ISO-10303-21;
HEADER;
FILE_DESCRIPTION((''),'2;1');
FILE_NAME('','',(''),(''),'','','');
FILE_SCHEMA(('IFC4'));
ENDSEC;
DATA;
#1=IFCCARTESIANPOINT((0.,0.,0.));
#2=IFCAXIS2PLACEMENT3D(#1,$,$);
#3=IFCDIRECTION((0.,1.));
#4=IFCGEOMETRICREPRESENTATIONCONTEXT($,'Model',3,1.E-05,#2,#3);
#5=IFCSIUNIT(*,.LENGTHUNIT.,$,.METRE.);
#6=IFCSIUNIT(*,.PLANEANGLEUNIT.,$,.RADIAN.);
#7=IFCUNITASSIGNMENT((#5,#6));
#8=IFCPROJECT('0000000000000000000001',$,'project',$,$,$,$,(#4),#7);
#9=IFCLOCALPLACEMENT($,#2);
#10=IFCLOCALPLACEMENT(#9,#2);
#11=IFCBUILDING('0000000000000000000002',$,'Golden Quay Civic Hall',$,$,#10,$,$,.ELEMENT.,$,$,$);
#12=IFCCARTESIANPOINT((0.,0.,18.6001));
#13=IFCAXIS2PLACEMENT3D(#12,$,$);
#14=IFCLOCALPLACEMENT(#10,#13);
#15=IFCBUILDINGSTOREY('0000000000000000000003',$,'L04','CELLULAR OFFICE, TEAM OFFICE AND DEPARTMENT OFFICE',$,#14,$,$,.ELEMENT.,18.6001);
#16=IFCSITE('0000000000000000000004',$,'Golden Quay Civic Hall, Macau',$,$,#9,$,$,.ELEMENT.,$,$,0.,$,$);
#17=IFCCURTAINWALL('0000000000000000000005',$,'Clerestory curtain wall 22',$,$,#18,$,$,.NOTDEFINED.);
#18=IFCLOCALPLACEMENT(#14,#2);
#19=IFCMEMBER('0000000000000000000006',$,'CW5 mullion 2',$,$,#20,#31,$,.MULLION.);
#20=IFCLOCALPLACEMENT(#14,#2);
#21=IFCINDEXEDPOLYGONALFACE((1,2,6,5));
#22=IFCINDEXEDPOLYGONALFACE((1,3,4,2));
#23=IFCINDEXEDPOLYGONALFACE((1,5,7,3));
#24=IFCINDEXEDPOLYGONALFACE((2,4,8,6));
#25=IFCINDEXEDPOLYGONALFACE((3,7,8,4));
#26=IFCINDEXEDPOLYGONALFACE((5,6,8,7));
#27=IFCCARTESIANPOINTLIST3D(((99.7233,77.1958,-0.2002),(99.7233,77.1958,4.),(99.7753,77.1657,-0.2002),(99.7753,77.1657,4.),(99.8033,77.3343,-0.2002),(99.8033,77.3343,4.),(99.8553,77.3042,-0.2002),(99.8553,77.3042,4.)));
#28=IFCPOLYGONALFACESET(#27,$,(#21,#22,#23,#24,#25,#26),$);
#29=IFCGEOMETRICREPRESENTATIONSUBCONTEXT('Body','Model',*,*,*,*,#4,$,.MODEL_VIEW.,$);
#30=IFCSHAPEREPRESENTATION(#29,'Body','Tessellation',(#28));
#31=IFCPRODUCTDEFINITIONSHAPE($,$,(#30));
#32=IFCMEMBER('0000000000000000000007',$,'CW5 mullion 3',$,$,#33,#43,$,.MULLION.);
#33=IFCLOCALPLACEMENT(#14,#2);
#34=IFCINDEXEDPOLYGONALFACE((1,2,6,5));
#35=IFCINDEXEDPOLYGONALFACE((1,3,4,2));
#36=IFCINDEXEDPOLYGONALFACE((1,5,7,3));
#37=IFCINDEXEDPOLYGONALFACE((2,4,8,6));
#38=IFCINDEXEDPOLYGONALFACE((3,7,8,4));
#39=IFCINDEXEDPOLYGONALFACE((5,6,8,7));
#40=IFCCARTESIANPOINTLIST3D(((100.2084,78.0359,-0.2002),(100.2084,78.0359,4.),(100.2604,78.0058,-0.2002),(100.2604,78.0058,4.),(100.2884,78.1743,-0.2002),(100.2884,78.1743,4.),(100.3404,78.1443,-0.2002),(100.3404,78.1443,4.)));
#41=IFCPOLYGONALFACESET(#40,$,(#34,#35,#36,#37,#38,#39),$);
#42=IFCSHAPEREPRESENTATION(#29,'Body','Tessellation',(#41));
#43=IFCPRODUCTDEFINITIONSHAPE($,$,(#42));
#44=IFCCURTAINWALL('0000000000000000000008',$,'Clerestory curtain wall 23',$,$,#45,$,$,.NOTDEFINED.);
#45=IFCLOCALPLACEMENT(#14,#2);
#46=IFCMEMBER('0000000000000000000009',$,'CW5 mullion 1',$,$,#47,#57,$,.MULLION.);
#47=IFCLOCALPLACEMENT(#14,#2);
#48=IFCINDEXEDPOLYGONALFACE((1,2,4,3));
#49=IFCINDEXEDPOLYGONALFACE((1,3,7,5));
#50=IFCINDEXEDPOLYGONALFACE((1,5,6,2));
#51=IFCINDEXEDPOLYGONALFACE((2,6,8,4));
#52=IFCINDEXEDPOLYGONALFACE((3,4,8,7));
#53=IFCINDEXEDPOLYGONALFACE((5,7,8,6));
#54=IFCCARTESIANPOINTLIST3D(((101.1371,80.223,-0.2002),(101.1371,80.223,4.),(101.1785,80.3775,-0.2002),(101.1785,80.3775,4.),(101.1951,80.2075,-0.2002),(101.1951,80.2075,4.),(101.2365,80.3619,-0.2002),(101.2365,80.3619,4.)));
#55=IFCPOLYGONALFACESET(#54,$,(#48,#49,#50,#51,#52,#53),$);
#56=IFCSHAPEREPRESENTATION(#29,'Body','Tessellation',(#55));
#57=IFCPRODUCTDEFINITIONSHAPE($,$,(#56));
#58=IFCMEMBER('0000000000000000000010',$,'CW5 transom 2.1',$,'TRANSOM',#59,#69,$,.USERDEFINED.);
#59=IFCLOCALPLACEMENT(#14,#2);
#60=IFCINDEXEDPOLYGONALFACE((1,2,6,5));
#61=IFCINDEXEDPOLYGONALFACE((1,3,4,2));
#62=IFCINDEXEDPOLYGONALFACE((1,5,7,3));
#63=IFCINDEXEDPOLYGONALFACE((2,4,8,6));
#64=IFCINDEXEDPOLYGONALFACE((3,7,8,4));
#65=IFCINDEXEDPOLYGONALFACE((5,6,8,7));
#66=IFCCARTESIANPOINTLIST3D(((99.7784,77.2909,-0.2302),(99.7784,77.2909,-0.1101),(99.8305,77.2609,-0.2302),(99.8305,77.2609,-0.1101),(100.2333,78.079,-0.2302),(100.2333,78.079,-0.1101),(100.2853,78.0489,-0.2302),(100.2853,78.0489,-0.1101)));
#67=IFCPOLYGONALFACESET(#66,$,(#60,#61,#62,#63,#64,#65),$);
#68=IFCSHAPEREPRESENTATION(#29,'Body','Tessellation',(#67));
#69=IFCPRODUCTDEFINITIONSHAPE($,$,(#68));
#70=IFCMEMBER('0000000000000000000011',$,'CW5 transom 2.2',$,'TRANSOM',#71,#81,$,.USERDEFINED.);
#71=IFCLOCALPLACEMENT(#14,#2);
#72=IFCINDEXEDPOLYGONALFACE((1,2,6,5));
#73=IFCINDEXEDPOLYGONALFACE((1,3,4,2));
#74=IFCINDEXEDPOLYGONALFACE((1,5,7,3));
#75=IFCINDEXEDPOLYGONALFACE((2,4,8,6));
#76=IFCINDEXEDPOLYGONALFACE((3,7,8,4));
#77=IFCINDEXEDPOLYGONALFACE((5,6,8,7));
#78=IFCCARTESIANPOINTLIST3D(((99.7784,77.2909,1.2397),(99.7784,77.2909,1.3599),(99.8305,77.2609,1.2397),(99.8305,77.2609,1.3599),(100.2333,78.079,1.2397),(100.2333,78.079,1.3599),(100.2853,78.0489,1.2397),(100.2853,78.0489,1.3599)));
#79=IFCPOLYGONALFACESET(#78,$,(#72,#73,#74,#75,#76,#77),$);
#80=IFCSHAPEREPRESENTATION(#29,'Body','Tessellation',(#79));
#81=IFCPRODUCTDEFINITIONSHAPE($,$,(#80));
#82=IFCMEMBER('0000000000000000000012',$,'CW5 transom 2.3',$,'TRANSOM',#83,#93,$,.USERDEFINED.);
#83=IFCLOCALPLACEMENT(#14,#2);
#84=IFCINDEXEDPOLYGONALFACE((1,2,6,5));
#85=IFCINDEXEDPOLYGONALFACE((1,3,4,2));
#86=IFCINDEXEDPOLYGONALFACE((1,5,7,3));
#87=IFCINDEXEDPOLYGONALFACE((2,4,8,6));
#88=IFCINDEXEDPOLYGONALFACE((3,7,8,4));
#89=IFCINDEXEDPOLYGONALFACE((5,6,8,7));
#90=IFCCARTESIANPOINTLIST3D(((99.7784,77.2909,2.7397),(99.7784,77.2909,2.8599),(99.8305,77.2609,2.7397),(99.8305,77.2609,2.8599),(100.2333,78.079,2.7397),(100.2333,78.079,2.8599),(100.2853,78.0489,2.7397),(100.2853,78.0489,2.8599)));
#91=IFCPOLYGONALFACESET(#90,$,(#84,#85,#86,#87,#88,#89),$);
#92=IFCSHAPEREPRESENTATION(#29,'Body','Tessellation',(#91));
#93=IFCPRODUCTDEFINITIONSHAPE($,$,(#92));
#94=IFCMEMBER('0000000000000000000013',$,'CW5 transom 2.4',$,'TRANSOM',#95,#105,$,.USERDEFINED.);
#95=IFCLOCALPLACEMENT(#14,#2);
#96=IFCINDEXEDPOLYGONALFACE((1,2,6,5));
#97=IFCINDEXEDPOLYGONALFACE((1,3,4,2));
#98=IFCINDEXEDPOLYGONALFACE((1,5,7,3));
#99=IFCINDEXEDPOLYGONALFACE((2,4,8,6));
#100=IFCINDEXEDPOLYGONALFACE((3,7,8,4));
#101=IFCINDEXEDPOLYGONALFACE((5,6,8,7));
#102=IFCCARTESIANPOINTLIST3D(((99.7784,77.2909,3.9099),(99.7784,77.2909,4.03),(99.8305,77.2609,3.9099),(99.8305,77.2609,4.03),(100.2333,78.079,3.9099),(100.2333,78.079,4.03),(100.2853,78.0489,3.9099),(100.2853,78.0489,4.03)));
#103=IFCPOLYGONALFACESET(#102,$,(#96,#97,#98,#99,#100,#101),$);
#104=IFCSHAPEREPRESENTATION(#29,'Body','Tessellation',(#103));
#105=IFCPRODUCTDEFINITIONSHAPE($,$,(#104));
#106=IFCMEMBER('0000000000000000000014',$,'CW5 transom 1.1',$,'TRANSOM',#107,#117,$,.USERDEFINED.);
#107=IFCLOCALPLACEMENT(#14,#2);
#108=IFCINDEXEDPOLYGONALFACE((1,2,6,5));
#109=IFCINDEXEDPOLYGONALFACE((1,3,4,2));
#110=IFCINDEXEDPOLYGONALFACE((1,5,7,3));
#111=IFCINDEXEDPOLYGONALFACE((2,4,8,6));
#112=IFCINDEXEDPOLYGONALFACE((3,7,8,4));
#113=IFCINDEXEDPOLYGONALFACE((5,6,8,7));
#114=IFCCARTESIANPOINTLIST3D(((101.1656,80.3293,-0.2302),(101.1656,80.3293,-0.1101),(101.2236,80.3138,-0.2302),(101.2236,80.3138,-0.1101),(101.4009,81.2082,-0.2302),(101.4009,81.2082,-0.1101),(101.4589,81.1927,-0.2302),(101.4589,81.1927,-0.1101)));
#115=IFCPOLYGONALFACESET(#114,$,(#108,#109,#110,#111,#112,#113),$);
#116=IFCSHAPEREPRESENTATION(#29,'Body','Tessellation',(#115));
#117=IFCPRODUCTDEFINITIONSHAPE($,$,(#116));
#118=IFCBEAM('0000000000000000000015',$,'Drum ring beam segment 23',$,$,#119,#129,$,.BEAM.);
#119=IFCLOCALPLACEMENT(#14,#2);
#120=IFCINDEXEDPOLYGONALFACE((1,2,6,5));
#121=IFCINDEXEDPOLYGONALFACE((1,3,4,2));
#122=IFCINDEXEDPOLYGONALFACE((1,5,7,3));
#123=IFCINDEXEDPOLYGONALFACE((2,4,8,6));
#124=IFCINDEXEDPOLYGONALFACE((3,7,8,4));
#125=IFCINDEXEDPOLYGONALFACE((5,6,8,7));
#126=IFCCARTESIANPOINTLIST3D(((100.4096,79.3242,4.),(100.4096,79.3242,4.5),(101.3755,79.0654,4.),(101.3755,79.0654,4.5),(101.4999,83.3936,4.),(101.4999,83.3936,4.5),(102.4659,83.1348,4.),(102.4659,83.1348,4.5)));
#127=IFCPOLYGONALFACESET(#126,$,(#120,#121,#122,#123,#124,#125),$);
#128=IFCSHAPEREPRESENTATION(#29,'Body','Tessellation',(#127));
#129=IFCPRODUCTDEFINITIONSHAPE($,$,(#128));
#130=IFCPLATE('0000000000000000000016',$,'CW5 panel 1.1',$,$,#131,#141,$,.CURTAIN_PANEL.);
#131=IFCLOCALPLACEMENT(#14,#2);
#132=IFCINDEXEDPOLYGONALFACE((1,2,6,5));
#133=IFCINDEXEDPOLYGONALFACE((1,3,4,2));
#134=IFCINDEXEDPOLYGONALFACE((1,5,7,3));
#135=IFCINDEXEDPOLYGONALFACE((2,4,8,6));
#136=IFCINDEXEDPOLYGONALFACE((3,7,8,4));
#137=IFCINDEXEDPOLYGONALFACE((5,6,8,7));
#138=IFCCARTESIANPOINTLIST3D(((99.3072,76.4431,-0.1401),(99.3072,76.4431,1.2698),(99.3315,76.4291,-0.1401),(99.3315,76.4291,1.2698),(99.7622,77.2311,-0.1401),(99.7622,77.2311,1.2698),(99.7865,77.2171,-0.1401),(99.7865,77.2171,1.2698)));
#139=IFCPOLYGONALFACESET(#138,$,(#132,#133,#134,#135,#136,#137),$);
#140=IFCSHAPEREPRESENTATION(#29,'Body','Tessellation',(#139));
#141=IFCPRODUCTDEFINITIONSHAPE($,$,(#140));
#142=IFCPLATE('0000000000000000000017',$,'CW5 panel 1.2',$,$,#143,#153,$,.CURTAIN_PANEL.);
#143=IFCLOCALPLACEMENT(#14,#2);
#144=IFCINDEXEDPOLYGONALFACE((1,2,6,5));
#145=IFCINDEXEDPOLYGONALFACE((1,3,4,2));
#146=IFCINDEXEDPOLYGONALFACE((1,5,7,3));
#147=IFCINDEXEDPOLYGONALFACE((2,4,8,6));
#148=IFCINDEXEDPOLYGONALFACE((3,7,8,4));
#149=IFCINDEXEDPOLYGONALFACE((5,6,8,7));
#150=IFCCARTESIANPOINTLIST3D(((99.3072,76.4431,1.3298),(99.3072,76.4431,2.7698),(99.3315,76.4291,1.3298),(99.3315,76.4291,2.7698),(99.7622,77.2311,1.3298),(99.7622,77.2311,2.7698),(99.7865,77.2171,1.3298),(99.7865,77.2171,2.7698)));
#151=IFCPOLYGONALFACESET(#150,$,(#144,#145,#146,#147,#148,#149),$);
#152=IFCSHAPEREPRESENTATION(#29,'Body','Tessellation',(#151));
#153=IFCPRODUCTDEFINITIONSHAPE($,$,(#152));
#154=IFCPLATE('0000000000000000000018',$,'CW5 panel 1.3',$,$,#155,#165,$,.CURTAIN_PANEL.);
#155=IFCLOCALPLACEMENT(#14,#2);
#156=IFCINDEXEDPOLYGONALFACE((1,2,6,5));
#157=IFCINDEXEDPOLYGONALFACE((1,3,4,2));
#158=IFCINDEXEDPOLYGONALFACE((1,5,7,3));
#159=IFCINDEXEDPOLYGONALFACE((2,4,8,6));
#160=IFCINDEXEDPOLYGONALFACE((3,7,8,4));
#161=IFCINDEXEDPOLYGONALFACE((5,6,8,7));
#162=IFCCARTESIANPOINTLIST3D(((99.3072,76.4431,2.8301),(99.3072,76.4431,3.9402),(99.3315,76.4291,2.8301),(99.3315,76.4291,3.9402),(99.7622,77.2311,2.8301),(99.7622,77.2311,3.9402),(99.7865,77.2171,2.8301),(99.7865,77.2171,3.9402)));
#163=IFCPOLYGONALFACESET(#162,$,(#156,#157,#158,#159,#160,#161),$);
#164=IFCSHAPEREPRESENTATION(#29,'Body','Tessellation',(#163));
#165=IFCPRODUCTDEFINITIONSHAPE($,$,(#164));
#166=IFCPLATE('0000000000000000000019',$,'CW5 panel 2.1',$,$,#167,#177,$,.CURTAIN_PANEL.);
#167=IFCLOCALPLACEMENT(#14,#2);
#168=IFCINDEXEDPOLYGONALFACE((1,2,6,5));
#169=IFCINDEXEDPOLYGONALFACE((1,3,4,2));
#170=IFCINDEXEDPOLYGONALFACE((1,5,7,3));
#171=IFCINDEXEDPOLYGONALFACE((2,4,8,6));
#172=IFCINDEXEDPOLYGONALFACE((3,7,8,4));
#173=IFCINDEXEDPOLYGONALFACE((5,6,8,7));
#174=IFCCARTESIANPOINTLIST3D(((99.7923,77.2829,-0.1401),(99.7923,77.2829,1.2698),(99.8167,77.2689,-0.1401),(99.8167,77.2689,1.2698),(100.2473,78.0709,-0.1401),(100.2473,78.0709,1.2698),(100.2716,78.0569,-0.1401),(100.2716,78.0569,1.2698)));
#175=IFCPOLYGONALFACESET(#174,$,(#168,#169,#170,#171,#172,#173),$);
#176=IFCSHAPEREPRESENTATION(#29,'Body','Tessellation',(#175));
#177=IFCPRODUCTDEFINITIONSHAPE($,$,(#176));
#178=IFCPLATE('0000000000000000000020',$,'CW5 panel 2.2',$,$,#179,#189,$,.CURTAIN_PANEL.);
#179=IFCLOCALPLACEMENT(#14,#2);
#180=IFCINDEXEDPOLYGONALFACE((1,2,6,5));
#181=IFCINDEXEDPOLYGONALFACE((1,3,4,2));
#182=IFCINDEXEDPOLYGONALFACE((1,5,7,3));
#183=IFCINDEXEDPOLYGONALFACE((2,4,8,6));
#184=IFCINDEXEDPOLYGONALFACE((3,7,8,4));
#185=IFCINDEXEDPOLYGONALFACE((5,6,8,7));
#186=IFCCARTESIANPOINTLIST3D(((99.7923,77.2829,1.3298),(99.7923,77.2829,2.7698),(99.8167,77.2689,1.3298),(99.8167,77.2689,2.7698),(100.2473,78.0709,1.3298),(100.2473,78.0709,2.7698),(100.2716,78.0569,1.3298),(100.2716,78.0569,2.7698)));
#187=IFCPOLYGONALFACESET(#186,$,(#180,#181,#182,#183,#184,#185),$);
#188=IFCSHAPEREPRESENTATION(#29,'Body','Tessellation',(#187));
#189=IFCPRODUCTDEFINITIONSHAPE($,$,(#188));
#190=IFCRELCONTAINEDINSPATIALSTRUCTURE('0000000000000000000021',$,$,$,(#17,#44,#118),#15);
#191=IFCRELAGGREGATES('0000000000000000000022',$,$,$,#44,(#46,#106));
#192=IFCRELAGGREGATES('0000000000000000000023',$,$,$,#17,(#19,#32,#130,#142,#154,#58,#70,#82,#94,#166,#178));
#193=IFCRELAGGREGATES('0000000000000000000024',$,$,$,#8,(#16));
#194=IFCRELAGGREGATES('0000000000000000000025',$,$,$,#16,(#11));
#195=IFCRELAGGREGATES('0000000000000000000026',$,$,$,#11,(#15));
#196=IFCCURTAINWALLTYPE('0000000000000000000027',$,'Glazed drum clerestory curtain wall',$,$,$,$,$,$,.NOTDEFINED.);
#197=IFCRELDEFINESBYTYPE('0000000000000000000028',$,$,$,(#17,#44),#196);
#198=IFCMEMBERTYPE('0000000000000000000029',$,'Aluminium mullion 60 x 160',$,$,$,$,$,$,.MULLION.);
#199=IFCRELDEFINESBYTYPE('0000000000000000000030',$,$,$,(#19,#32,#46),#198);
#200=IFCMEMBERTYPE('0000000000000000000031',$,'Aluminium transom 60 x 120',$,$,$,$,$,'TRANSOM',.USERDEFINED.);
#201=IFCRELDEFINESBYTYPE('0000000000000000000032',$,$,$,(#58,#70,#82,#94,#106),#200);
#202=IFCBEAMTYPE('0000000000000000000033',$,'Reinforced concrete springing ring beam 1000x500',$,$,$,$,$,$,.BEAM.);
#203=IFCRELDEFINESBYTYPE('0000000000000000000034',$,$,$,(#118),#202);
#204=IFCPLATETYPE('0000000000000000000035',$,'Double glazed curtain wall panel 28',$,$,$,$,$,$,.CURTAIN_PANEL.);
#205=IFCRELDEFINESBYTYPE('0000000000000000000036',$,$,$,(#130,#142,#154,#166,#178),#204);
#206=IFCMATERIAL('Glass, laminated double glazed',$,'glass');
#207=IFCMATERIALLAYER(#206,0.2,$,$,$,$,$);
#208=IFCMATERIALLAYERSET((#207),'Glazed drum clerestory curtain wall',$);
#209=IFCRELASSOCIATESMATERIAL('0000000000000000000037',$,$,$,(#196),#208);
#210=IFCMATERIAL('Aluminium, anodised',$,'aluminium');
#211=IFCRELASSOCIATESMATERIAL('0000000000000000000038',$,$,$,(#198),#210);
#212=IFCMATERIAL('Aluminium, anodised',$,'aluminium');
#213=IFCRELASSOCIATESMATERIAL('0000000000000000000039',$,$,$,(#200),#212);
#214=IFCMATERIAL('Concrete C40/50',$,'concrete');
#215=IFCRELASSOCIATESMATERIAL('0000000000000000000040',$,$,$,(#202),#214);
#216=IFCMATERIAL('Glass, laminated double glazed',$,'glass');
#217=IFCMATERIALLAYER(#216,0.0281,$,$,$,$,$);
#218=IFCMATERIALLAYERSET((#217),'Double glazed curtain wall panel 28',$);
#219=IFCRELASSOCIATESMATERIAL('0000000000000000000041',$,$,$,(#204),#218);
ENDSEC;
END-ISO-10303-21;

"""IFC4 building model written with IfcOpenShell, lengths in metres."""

from ifc_helpers import new_model, si_unit, direction, frame, origin, origin_2d, place, context, subcontext, project, spatial, rectangle, extrude, material, layer, layer_set, material_profile, profile_set, type_object, element, aggregate, save


model = new_model("IFC4")

# Units and contexts
model_context = context("Model", 3, precision=1e-05, world=origin(), true_north=direction((0.0, 1.0)))
body_context = subcontext(model_context, "Body", "Model", "MODEL_VIEW")
ifc_project = project(units=[si_unit("LENGTHUNIT", "METRE"), si_unit("PLANEANGLEUNIT", "RADIAN")], contexts=[model_context])

# Site, building, storey
site_placement = place(None, origin())
site = spatial("IfcSite", under=ifc_project, at=site_placement, Name="Golden Quay Civic Hall, Macau", CompositionType="ELEMENT", RefElevation=0.0)
building_placement = place(site_placement, origin())
building = spatial("IfcBuilding", under=site, at=building_placement, Name="Golden Quay Civic Hall", CompositionType="ELEMENT")
storey_placement = place(building_placement, frame((0.0, 0.0, 18.6001)))
storey = spatial("IfcBuildingStorey", under=building, at=storey_placement, Name="L04", Description="CELLULAR OFFICE, TEAM OFFICE AND DEPARTMENT OFFICE", CompositionType="ELEMENT", Elevation=18.6001)

# Curtain wall, members
ifc_material_1 = material(Name="Glass, laminated double glazed", Category="glass")
ifc_layer_1 = layer(ifc_material_1, 0.2)
ifc_layer_set_1 = layer_set([ifc_layer_1], Name="Glazed drum clerestory curtain wall")
curtain_wall_type = type_object("IfcCurtainWallType", Name="Glazed drum clerestory curtain wall", PredefinedType="NOTDEFINED", material=ifc_layer_set_1)
curtain_wall_1_placement = place(storey_placement, origin())
curtain_wall_1 = element("IfcCurtainWall", 1, at=curtain_wall_1_placement, inside=storey, type_object=curtain_wall_type, Name="Clerestory curtain wall 22", PredefinedType="NOTDEFINED")
ifc_material_2 = material(Name="Aluminium, anodised", Category="aluminium")
ifc_material_profile_1 = material_profile(ifc_material_2, rectangle(XDim=0.0601, YDim=0.1599, at=origin_2d()), Name="Aluminium 60 x 160")
ifc_profile_set_1 = profile_set([ifc_material_profile_1], Name="Aluminium, anodised")
member_type_1 = type_object("IfcMemberType", Name="Aluminium mullion 60 x 160", PredefinedType="MULLION", material=ifc_profile_set_1)
member_1_placement = place(storey_placement, frame((99.7893, 77.25, -0.2002), z_axis=(0.0, 0.0, 1.0), x_axis=(-0.866019, 0.500011, 0.0)))
member_1 = element("IfcMember", 2, at=member_1_placement, type_object=member_type_1, Name="CW5 mullion 2", PredefinedType="MULLION", context=body_context, shape_type="SweptSolid", body=[
    extrude(rectangle(XDim=0.0601, YDim=0.1599, at=origin_2d()), origin(), (0.0, 0.0, 1.0), 4.2002),
])
member_2_placement = place(storey_placement, frame((100.2744, 78.0901, -0.2002), z_axis=(0.0, 0.0, 1.0), x_axis=(-0.866019, 0.500011, 0.0)))
member_2 = element("IfcMember", 3, at=member_2_placement, type_object=member_type_1, Name="CW5 mullion 3", PredefinedType="MULLION", context=body_context, shape_type="SweptSolid", body=[
    extrude(rectangle(XDim=0.0601, YDim=0.1599, at=origin_2d()), origin(), (0.0, 0.0, 1.0), 4.2002),
])

# Curtain wall, member
curtain_wall_2_placement = place(storey_placement, origin())
curtain_wall_2 = element("IfcCurtainWall", 4, at=curtain_wall_2_placement, inside=storey, type_object=curtain_wall_type, Name="Clerestory curtain wall 23", PredefinedType="NOTDEFINED")
member_3_placement = place(storey_placement, frame((101.1868, 80.2925, -0.2002), z_axis=(0.0, 0.0, 1.0), x_axis=(-0.965929, 0.258808, 0.0)))
member_3 = element("IfcMember", 5, at=member_3_placement, type_object=member_type_1, Name="CW5 mullion 1", PredefinedType="MULLION", context=body_context, shape_type="SweptSolid", body=[
    extrude(rectangle(XDim=0.0601, YDim=0.1599, at=origin_2d()), origin(), (0.0, 0.0, 1.0), 4.2002),
])

# Members
ifc_material_3 = material(Name="Aluminium, anodised", Category="aluminium")
ifc_material_profile_2 = material_profile(ifc_material_3, rectangle(XDim=0.0601, YDim=0.1201, at=origin_2d()), Name="Aluminium 60 x 120")
ifc_profile_set_2 = profile_set([ifc_material_profile_2], Name="Aluminium, anodised")
member_type_2 = type_object("IfcMemberType", Name="Aluminium transom 60 x 120", ElementType="TRANSOM", PredefinedType="USERDEFINED", material=ifc_profile_set_2)
member_4_placement = place(storey_placement, frame((99.8044, 77.2759, -0.1702), z_axis=(0.499862, 0.866105, 0.0), x_axis=(-0.866105, 0.499862, 0.0)))
member_4 = element("IfcMember", 6, at=member_4_placement, type_object=member_type_2, Name="CW5 transom 2.1", ObjectType="TRANSOM", PredefinedType="USERDEFINED", context=body_context, shape_type="SweptSolid", body=[
    extrude(rectangle(XDim=0.0601, YDim=0.1201, at=origin_2d()), origin(), (0.0, 0.0, 1.0), 0.9099),
])
member_5_placement = place(storey_placement, frame((99.8044, 77.2759, 1.2998), z_axis=(0.499862, 0.866105, 0.0), x_axis=(-0.866105, 0.499862, 0.0)))
member_5 = element("IfcMember", 7, at=member_5_placement, type_object=member_type_2, Name="CW5 transom 2.2", ObjectType="TRANSOM", PredefinedType="USERDEFINED", context=body_context, shape_type="SweptSolid", body=[
    extrude(rectangle(XDim=0.0601, YDim=0.1201, at=origin_2d()), origin(), (0.0, 0.0, 1.0), 0.9099),
])
member_6_placement = place(storey_placement, frame((99.8044, 77.2759, 2.7998), z_axis=(0.499862, 0.866105, 0.0), x_axis=(-0.866105, 0.499862, 0.0)))
member_6 = element("IfcMember", 8, at=member_6_placement, type_object=member_type_2, Name="CW5 transom 2.3", ObjectType="TRANSOM", PredefinedType="USERDEFINED", context=body_context, shape_type="SweptSolid", body=[
    extrude(rectangle(XDim=0.0601, YDim=0.1201, at=origin_2d()), origin(), (0.0, 0.0, 1.0), 0.9099),
])
member_7_placement = place(storey_placement, frame((99.8044, 77.2759, 3.97), z_axis=(0.499862, 0.866105, 0.0), x_axis=(-0.866105, 0.499862, 0.0)))
member_7 = element("IfcMember", 9, at=member_7_placement, type_object=member_type_2, Name="CW5 transom 2.4", ObjectType="TRANSOM", PredefinedType="USERDEFINED", context=body_context, shape_type="SweptSolid", body=[
    extrude(rectangle(XDim=0.0601, YDim=0.1201, at=origin_2d()), origin(), (0.0, 0.0, 1.0), 0.9099),
])
member_8_placement = place(storey_placement, frame((101.1946, 80.3215, -0.1702), z_axis=(0.258665, 0.965967, 0.0), x_axis=(-0.965967, 0.258665, 0.0)))
member_8 = element("IfcMember", 10, at=member_8_placement, type_object=member_type_2, Name="CW5 transom 1.1", ObjectType="TRANSOM", PredefinedType="USERDEFINED", context=body_context, shape_type="SweptSolid", body=[
    extrude(rectangle(XDim=0.0601, YDim=0.1201, at=origin_2d()), origin(), (0.0, 0.0, 1.0), 0.9099),
])
aggregate(curtain_wall_2, [member_3, member_8])

# Beam
ifc_material_4 = material(Name="Concrete C40/50", Category="concrete")
ifc_material_profile_3 = material_profile(ifc_material_4, rectangle(XDim=1.0, YDim=0.5, at=origin_2d()), Name="RC 1000x500")
ifc_profile_set_3 = profile_set([ifc_material_profile_3], Name="Concrete C40/50")
beam_type = type_object("IfcBeamType", Name="Reinforced concrete springing ring beam 1000x500", PredefinedType="BEAM", material=ifc_profile_set_3)
beam_placement = place(storey_placement, frame((100.8926, 79.1948, 4.25), z_axis=(0.258809, 0.965928, 0.0), x_axis=(-0.965928, 0.258809, 0.0)))
element("IfcBeam", 11, at=beam_placement, inside=storey, type_object=beam_type, Name="Drum ring beam segment 23", PredefinedType="BEAM", context=body_context, shape_type="SweptSolid", body=[
    extrude(rectangle(XDim=1.0, YDim=0.5, at=origin_2d()), origin(), (0.0, 0.0, 1.0), 4.2129),
])

# Plates
ifc_material_5 = material(Name="Glass, laminated double glazed", Category="glass")
ifc_layer_2 = layer(ifc_material_5, 0.0281)
ifc_layer_set_2 = layer_set([ifc_layer_2], Name="Double glazed curtain wall panel 28")
plate_type = type_object("IfcPlateType", Name="Double glazed curtain wall panel 28", PredefinedType="CURTAIN_PANEL", material=ifc_layer_set_2)
plate_1_placement = place(storey_placement, frame((99.5469, 76.8301, -0.1401), z_axis=(0.0, 0.0, 1.0), x_axis=(0.500011, 0.866019, 0.0)))
plate_1 = element("IfcPlate", 12, at=plate_1_placement, type_object=plate_type, Name="CW5 panel 1.1", PredefinedType="CURTAIN_PANEL", context=body_context, shape_type="SweptSolid", body=[
    extrude(rectangle(XDim=0.9099, YDim=0.0281, at=origin_2d()), origin(), (0.0, 0.0, 1.0), 1.4099),
])
plate_2_placement = place(storey_placement, frame((99.5469, 76.8301, 1.3298), z_axis=(0.0, 0.0, 1.0), x_axis=(0.500011, 0.866019, 0.0)))
plate_2 = element("IfcPlate", 13, at=plate_2_placement, type_object=plate_type, Name="CW5 panel 1.2", PredefinedType="CURTAIN_PANEL", context=body_context, shape_type="SweptSolid", body=[
    extrude(rectangle(XDim=0.9099, YDim=0.0281, at=origin_2d()), origin(), (0.0, 0.0, 1.0), 1.4399),
])
plate_3_placement = place(storey_placement, frame((99.5469, 76.8301, 2.8301), z_axis=(0.0, 0.0, 1.0), x_axis=(0.500011, 0.866019, 0.0)))
plate_3 = element("IfcPlate", 14, at=plate_3_placement, type_object=plate_type, Name="CW5 panel 1.3", PredefinedType="CURTAIN_PANEL", context=body_context, shape_type="SweptSolid", body=[
    extrude(rectangle(XDim=0.9099, YDim=0.0281, at=origin_2d()), origin(), (0.0, 0.0, 1.0), 1.1101),
])
plate_4_placement = place(storey_placement, frame((100.032, 77.6699, -0.1401), z_axis=(0.0, 0.0, 1.0), x_axis=(0.500011, 0.866019, 0.0)))
plate_4 = element("IfcPlate", 15, at=plate_4_placement, type_object=plate_type, Name="CW5 panel 2.1", PredefinedType="CURTAIN_PANEL", context=body_context, shape_type="SweptSolid", body=[
    extrude(rectangle(XDim=0.9099, YDim=0.0281, at=origin_2d()), origin(), (0.0, 0.0, 1.0), 1.4099),
])
plate_5_placement = place(storey_placement, frame((100.032, 77.6699, 1.3298), z_axis=(0.0, 0.0, 1.0), x_axis=(0.500011, 0.866019, 0.0)))
plate_5 = element("IfcPlate", 16, at=plate_5_placement, type_object=plate_type, Name="CW5 panel 2.2", PredefinedType="CURTAIN_PANEL", context=body_context, shape_type="SweptSolid", body=[
    extrude(rectangle(XDim=0.9099, YDim=0.0281, at=origin_2d()), origin(), (0.0, 0.0, 1.0), 1.4399),
])
aggregate(curtain_wall_1, [member_1, member_2, plate_1, plate_2, plate_3, member_4, member_5, member_6, member_7, plate_4, plate_5])

save(model, "model.ifc")
